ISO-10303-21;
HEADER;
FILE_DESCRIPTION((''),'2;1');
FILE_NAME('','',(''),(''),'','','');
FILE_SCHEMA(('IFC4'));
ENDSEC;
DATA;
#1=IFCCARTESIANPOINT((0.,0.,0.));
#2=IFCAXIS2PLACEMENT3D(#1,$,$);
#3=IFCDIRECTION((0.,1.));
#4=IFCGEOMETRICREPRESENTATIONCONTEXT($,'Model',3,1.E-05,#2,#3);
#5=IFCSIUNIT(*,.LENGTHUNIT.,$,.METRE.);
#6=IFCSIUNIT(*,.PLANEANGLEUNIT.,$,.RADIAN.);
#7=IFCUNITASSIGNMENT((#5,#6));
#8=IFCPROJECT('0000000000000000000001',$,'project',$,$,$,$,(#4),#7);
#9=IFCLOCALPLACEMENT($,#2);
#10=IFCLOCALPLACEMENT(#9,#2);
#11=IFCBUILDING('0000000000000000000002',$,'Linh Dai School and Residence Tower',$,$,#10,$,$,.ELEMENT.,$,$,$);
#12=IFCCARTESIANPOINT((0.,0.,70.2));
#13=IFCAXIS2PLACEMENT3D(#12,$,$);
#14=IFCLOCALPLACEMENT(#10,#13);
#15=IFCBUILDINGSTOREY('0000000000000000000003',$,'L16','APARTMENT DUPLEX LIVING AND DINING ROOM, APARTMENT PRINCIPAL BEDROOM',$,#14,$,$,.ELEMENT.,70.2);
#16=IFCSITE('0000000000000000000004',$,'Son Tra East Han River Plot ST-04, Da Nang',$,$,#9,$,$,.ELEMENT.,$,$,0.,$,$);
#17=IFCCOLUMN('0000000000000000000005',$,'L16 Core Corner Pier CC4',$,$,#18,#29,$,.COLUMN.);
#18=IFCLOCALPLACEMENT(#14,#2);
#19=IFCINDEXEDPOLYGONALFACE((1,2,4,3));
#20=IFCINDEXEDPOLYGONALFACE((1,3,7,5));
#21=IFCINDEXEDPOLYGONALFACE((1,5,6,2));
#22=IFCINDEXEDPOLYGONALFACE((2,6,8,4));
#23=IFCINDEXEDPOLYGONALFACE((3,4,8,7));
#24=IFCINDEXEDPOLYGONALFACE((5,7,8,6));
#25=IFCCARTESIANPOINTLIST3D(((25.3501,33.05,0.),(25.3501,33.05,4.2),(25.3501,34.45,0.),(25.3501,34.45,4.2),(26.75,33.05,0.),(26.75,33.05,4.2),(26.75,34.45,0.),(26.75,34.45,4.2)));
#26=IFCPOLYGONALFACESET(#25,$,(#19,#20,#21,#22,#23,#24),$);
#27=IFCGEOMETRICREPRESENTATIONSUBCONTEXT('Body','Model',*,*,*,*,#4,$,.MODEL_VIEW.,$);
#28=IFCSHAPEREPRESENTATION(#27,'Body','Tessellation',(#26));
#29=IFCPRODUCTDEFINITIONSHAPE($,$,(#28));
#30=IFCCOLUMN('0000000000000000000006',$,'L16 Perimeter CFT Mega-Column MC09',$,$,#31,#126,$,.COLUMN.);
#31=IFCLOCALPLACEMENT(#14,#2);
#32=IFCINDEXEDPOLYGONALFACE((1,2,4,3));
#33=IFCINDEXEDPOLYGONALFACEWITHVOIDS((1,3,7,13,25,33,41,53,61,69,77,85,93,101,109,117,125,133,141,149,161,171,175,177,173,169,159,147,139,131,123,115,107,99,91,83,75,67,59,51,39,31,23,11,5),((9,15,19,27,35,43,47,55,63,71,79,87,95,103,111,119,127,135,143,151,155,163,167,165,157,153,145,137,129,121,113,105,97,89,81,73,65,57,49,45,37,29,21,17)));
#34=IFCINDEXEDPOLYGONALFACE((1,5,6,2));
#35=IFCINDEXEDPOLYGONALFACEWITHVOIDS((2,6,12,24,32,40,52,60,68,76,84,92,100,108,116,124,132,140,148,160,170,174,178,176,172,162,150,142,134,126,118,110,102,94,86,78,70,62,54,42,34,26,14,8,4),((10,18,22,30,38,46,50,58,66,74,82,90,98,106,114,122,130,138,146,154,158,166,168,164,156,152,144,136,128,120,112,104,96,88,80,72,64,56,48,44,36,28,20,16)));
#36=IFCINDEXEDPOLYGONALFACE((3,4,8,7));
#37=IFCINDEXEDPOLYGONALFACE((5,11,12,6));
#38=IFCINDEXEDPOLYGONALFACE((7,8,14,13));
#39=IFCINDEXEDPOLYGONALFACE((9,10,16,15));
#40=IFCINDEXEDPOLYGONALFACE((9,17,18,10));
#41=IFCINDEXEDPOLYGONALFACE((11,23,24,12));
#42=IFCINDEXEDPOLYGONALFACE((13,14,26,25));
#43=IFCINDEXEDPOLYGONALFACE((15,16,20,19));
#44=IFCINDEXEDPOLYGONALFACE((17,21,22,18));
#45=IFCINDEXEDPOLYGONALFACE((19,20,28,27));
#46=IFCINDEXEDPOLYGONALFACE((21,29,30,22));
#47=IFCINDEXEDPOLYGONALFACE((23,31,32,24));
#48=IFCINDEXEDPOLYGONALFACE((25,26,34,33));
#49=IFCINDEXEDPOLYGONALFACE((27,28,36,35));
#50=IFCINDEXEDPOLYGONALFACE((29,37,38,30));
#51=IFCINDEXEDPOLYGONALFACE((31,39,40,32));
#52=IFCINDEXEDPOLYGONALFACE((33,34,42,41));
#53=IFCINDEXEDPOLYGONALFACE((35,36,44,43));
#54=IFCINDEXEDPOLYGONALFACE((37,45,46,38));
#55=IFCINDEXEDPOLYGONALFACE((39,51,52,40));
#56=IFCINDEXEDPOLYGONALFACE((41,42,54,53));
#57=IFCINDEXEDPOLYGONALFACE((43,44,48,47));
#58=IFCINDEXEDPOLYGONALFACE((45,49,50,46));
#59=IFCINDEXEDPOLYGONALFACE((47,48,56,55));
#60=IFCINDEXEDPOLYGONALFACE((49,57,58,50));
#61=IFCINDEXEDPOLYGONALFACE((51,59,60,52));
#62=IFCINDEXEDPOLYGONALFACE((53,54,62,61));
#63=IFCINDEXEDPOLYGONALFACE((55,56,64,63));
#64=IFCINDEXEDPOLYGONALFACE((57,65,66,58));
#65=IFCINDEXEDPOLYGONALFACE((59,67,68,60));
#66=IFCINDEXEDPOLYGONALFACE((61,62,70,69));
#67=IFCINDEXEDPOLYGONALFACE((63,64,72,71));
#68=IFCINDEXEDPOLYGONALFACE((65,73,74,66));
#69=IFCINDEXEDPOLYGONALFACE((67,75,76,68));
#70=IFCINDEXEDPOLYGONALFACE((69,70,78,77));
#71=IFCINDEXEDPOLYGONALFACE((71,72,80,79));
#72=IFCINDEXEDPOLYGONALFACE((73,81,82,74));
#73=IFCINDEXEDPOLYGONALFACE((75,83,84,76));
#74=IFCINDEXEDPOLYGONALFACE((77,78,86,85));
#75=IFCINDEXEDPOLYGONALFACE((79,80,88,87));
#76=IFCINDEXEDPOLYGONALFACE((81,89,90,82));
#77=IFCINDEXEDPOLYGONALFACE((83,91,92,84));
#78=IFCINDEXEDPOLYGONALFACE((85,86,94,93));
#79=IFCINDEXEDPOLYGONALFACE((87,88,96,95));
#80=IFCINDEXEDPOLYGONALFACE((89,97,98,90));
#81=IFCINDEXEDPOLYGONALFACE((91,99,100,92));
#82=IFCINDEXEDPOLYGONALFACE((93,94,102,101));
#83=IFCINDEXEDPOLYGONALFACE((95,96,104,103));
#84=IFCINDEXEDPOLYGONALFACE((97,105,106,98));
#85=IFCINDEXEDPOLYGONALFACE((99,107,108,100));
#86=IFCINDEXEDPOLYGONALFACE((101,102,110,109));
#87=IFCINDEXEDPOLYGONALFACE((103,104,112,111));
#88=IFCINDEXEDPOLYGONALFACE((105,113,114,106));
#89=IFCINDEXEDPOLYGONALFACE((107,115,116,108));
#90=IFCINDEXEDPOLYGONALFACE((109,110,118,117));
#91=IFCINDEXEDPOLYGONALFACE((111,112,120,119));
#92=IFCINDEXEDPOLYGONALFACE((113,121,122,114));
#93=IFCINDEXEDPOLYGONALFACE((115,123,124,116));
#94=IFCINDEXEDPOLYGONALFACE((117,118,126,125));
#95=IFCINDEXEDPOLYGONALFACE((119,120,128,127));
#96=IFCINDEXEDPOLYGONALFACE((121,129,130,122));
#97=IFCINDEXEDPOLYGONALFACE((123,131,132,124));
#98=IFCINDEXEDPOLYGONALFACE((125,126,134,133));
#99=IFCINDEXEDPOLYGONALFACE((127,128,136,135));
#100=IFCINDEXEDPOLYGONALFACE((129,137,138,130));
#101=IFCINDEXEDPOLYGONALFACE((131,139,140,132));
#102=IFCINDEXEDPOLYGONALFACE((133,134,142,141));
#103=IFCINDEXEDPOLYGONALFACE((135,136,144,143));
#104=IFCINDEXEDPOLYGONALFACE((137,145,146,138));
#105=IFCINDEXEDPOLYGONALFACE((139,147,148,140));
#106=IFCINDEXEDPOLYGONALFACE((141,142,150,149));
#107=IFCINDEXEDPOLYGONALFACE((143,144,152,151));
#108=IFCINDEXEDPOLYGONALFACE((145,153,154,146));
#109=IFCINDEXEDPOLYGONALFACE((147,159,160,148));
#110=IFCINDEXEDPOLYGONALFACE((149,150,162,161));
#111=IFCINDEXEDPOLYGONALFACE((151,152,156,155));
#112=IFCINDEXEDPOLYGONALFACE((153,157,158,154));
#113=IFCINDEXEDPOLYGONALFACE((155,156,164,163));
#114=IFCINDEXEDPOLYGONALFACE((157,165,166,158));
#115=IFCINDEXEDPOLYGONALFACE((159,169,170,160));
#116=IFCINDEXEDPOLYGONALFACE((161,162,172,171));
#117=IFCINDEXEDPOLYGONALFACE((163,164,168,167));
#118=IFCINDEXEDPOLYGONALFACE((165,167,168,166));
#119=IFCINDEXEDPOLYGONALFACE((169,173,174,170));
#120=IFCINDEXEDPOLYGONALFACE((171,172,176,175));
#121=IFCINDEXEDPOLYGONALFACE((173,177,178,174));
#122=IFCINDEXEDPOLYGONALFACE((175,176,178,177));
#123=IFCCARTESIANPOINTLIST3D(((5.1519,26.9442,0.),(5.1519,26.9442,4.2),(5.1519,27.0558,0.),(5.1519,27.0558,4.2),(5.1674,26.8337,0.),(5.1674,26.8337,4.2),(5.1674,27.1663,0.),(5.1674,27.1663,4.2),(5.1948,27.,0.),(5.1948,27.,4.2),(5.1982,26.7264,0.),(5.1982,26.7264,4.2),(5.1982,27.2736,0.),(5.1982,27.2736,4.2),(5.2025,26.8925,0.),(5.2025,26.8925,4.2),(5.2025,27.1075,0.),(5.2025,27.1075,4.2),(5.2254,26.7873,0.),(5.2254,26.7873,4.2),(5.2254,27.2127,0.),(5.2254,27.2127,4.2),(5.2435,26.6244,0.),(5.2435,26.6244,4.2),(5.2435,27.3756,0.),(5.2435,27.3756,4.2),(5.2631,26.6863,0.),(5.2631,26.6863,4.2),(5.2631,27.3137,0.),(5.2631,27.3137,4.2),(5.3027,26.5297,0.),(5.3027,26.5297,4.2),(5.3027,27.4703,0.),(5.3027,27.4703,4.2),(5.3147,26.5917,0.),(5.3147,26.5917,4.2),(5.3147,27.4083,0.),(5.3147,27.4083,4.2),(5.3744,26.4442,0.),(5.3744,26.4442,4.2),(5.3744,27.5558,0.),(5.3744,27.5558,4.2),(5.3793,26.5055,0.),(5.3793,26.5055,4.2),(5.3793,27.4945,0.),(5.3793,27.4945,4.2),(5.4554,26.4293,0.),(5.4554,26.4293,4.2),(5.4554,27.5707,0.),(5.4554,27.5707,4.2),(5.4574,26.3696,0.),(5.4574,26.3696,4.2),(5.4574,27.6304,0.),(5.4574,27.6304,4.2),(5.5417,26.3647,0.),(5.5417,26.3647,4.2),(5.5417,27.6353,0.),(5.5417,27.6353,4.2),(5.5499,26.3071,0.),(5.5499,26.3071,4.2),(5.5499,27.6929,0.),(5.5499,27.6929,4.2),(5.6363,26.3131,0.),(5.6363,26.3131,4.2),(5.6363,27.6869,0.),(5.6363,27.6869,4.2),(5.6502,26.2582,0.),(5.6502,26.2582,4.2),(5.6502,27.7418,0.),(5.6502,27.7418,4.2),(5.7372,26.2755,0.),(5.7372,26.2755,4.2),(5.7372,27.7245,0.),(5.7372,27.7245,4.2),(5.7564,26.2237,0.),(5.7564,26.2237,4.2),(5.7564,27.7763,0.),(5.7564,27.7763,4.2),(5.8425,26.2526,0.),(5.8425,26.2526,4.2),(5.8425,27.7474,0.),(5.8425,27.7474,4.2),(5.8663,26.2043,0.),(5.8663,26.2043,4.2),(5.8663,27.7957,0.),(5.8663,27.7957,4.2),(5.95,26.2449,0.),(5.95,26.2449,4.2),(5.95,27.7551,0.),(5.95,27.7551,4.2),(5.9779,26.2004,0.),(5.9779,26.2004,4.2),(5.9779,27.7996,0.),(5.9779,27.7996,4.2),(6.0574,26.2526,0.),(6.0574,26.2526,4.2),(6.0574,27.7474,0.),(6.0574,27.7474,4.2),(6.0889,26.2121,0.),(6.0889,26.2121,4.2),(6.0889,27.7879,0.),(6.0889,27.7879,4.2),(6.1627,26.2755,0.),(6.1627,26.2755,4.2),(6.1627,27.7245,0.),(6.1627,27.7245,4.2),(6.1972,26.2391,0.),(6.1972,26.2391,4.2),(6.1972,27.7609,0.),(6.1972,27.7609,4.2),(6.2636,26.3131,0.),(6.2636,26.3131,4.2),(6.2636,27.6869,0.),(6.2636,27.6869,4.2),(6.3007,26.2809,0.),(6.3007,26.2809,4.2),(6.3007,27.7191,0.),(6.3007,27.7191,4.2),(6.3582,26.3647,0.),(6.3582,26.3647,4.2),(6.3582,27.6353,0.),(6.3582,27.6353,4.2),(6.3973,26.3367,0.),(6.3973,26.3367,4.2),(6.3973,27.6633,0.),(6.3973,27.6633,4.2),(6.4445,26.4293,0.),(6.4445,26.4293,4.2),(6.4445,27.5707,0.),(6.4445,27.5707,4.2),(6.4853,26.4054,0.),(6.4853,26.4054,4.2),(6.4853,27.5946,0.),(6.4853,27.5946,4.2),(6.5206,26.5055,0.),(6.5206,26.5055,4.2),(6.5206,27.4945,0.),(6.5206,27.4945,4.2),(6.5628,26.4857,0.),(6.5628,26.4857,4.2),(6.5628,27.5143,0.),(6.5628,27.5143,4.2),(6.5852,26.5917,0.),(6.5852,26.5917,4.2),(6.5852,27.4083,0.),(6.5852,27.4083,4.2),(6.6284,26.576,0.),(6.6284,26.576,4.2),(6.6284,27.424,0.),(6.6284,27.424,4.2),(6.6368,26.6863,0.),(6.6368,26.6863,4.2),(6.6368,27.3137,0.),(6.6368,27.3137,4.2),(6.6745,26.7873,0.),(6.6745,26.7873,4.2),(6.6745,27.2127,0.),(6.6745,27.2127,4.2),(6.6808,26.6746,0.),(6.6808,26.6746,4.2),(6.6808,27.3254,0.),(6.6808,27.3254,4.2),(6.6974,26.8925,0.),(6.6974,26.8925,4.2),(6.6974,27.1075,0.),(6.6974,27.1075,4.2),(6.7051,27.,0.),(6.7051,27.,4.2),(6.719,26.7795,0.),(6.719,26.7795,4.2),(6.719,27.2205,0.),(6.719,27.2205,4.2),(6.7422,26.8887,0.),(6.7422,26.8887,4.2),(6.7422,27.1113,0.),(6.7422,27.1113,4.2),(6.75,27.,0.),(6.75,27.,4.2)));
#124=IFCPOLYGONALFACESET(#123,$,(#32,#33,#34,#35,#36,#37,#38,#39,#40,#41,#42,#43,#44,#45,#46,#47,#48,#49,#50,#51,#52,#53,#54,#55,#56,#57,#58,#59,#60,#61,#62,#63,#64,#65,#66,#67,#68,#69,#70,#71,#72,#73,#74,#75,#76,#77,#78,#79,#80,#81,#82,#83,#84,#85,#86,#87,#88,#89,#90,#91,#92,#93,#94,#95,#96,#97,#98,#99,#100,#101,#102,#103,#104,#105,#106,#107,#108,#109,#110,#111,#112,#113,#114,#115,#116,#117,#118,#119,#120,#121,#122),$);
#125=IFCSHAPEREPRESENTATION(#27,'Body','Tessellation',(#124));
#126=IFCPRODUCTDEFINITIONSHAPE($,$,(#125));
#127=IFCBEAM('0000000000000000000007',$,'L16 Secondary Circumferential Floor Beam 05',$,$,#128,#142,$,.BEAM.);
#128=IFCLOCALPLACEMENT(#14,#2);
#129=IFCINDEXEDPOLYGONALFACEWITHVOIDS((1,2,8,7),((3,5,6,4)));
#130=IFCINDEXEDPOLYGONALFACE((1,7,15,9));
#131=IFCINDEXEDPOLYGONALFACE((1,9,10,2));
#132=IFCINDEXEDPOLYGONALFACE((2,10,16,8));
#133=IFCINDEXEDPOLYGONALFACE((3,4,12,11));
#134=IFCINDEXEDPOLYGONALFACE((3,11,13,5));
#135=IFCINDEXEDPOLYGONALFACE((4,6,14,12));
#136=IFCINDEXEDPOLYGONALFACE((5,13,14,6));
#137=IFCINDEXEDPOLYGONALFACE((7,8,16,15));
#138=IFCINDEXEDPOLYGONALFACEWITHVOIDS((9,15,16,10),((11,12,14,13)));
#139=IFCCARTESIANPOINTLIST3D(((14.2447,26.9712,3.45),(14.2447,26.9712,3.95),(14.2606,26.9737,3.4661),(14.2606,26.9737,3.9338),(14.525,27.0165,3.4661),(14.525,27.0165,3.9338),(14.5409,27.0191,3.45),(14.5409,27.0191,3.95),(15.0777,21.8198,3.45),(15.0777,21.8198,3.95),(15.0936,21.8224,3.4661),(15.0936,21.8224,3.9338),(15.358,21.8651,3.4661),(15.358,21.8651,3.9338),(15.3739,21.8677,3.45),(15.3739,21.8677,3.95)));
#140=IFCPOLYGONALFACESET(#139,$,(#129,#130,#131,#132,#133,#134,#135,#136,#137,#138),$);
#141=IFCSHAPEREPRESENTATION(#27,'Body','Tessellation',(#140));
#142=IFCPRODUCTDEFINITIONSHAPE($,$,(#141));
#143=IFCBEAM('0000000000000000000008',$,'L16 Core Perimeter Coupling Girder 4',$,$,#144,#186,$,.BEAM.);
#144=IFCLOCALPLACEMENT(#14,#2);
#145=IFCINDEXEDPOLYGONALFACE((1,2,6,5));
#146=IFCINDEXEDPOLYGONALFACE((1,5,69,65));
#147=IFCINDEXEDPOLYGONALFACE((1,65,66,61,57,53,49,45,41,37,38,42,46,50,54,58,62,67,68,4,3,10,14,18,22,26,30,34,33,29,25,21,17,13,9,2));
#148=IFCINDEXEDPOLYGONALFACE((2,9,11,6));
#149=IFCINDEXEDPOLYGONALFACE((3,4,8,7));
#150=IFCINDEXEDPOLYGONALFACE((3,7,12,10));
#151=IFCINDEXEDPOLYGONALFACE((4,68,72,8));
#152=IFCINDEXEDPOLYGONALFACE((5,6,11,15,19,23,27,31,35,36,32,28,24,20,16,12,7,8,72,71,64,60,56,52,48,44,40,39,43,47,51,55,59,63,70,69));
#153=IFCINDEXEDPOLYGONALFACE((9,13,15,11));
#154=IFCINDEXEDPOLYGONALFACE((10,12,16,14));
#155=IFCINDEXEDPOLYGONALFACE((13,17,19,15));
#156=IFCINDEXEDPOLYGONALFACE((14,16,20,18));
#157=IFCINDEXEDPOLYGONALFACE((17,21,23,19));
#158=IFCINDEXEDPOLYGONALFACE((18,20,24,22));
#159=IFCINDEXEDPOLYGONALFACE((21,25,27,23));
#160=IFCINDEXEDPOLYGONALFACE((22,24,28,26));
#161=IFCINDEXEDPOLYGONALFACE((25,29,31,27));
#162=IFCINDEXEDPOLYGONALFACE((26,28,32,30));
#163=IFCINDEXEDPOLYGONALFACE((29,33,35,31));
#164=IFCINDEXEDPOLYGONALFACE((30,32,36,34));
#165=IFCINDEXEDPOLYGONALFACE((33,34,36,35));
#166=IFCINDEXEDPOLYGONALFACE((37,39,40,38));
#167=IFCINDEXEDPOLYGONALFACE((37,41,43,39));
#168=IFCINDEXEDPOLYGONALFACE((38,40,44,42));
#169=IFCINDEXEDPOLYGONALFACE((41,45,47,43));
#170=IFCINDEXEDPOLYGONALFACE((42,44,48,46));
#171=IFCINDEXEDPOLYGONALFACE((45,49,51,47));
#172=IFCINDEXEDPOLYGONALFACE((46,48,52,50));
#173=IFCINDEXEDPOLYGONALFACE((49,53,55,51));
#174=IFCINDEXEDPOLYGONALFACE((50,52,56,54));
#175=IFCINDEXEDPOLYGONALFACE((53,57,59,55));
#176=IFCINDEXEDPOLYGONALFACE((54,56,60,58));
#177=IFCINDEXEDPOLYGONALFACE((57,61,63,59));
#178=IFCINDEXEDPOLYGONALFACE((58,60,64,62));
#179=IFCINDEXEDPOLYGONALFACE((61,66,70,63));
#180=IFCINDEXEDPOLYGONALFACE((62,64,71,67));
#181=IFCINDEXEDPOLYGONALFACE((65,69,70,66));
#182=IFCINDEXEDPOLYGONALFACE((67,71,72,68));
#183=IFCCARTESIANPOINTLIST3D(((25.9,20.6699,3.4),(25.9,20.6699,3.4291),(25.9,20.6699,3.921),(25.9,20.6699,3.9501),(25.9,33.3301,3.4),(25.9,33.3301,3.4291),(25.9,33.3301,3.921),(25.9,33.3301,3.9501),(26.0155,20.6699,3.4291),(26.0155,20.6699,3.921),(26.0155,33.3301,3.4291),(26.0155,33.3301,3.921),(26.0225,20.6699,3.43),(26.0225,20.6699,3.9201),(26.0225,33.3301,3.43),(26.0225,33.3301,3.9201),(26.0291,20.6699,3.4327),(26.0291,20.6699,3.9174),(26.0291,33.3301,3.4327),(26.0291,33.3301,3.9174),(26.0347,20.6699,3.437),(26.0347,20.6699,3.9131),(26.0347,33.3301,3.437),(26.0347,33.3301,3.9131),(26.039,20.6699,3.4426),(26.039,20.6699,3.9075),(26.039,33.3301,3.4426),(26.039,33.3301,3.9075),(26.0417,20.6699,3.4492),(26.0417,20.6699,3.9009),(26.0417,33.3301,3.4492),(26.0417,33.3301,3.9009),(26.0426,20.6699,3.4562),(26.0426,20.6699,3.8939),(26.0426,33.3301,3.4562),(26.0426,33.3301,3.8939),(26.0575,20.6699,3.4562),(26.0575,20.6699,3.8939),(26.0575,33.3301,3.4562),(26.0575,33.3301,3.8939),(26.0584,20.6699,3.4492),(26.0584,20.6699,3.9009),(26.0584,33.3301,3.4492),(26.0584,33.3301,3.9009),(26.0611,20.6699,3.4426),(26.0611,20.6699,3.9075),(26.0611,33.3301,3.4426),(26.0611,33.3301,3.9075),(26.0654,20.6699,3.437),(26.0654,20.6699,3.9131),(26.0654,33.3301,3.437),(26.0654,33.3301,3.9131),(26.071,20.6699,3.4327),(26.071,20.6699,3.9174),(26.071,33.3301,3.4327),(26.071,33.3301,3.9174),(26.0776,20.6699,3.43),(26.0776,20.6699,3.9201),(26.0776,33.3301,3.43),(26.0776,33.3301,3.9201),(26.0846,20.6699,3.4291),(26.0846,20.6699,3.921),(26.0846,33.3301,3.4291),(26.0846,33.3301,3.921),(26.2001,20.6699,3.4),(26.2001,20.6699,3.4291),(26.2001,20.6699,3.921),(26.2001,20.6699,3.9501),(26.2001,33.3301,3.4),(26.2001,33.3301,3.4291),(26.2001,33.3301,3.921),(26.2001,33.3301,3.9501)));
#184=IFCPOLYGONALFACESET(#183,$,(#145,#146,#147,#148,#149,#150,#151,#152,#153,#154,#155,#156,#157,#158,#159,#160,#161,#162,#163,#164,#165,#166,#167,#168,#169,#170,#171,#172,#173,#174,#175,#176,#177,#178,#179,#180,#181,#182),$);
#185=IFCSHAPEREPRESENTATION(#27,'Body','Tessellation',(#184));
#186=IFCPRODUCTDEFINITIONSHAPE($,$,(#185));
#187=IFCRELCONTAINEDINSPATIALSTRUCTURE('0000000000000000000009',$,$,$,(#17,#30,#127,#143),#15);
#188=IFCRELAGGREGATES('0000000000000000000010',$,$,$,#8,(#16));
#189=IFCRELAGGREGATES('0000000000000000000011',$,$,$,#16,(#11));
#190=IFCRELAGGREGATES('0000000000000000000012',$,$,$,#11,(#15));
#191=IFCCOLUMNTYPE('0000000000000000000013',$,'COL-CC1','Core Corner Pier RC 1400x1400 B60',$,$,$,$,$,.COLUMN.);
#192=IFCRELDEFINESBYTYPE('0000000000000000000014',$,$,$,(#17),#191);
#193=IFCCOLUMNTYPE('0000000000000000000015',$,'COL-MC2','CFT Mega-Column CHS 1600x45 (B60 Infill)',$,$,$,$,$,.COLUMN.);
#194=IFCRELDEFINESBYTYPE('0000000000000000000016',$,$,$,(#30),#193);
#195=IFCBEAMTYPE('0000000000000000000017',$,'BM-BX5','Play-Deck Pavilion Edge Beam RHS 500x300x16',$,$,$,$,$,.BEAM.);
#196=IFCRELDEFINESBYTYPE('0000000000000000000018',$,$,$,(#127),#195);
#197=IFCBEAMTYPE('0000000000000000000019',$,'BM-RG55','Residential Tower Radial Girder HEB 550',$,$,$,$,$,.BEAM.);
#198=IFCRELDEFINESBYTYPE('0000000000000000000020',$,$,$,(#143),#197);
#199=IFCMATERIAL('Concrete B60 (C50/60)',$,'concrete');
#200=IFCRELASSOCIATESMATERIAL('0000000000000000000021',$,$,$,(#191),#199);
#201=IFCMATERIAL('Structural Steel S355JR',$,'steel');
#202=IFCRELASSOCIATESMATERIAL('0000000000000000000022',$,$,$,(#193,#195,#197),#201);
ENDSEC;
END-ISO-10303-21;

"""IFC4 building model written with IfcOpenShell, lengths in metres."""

from ifc_helpers import new_model, si_unit, direction, frame, origin, origin_2d, place, context, subcontext, project, spatial, rectangle, hollow_rectangle, hollow_circle, i_section, extrude, material, material_profile, profile_set, type_object, element, save


model = new_model("IFC4")

# Units and contexts
model_context = context("Model", 3, precision=1e-05, world=origin(), true_north=direction((0.0, 1.0)))
body_context = subcontext(model_context, "Body", "Model", "MODEL_VIEW")
ifc_project = project(units=[si_unit("LENGTHUNIT", "METRE"), si_unit("PLANEANGLEUNIT", "RADIAN")], contexts=[model_context])

# Site, building, storey
site_placement = place(None, origin())
site = spatial("IfcSite", under=ifc_project, at=site_placement, Name="Son Tra East Han River Plot ST-04, Da Nang", CompositionType="ELEMENT", RefElevation=0.0)
building_placement = place(site_placement, origin())
building = spatial("IfcBuilding", under=site, at=building_placement, Name="Linh Dai School and Residence Tower", CompositionType="ELEMENT")
storey_placement = place(building_placement, frame((0.0, 0.0, 70.2)))
storey = spatial("IfcBuildingStorey", under=building, at=storey_placement, Name="L16", Description="APARTMENT DUPLEX LIVING AND DINING ROOM, APARTMENT PRINCIPAL BEDROOM", CompositionType="ELEMENT", Elevation=70.2)

# Columns
ifc_material_1 = material(Name="Concrete B60 (C50/60)", Category="concrete")
ifc_material_profile_1 = material_profile(ifc_material_1, rectangle(XDim=1.3999, YDim=1.3999, at=origin_2d()), Name="RC 1400x1400")
ifc_profile_set_1 = profile_set([ifc_material_profile_1], Name="Concrete B60 (C50/60)")
column_type_1 = type_object("IfcColumnType", Name="COL-CC1", Description="Core Corner Pier RC 1400x1400 B60", PredefinedType="COLUMN", material=ifc_profile_set_1)
column_1_placement = place(storey_placement, frame((26.05, 33.75, 0.0), z_axis=(0.0, 0.0, 1.0), x_axis=(1.0, 0.0, 0.0)))
element("IfcColumn", 1, at=column_1_placement, inside=storey, type_object=column_type_1, Name="L16 Core Corner Pier CC4", PredefinedType="COLUMN", context=body_context, shape_type="SweptSolid", body=[
    extrude(rectangle(XDim=1.3999, YDim=1.3999, at=origin_2d()), origin(), (0.0, 0.0, 1.0), 4.2),
])
ifc_material_2 = material(Name="Structural Steel S355JR", Category="steel")
ifc_material_profile_2 = material_profile(ifc_material_2, hollow_circle(Radius=0.8, WallThickness=0.0449, at=origin_2d()), Name="CHS 1600x45")
ifc_profile_set_2 = profile_set([ifc_material_profile_2], Name="Structural Steel S355JR")
column_type_2 = type_object("IfcColumnType", Name="COL-MC2", Description="CFT Mega-Column CHS 1600x45 (B60 Infill)", PredefinedType="COLUMN", material=ifc_profile_set_2)
column_2_placement = place(storey_placement, frame((5.95, 27.0, 0.0), z_axis=(0.0, 0.0, 1.0), x_axis=(1.0, 0.0, 0.0)))
element("IfcColumn", 2, at=column_2_placement, inside=storey, type_object=column_type_2, Name="L16 Perimeter CFT Mega-Column MC09", PredefinedType="COLUMN", context=body_context, shape_type="SweptSolid", body=[
    extrude(hollow_circle(Radius=0.8, WallThickness=0.0449, at=origin_2d()), origin(), (0.0, 0.0, 1.0), 4.2),
])

# Beams
ifc_material_profile_3 = material_profile(ifc_material_2, hollow_rectangle(XDim=0.3, YDim=0.5, WallThickness=0.0161, at=origin_2d()), Name="RHS 500x300x16")
ifc_profile_set_3 = profile_set([ifc_material_profile_3], Name="Structural Steel S355JR")
beam_type_1 = type_object("IfcBeamType", Name="BM-BX5", Description="Play-Deck Pavilion Edge Beam RHS 500x300x16", PredefinedType="BEAM", material=ifc_profile_set_3)
beam_1_placement = place(storey_placement, frame((14.3928, 26.9951, 3.7), z_axis=(0.159633, -0.987177, 0.0), x_axis=(0.987177, 0.159633, 0.0)))
element("IfcBeam", 3, at=beam_1_placement, inside=storey, type_object=beam_type_1, Name="L16 Secondary Circumferential Floor Beam 05", PredefinedType="BEAM", context=body_context, shape_type="SweptSolid", body=[
    extrude(hollow_rectangle(XDim=0.3, YDim=0.5, WallThickness=0.0161, at=origin_2d()), origin(), (0.0, 0.0, 1.0), 5.2183),
])
ifc_material_profile_4 = material_profile(ifc_material_2, i_section(OverallWidth=0.3, OverallDepth=0.55, WebThickness=0.0149, FlangeThickness=0.0291, FilletRadius=0.0271, at=origin_2d()), Name="HEB 550")
ifc_profile_set_4 = profile_set([ifc_material_profile_4], Name="Structural Steel S355JR")
beam_type_2 = type_object("IfcBeamType", Name="BM-RG55", Description="Residential Tower Radial Girder HEB 550", PredefinedType="BEAM", material=ifc_profile_set_4)
beam_2_placement = place(storey_placement, frame((26.05, 33.3301, 3.675), z_axis=(0.0, -1.0, 0.0), x_axis=(1.0, 0.0, 0.0)))
element("IfcBeam", 4, at=beam_2_placement, inside=storey, type_object=beam_type_2, Name="L16 Core Perimeter Coupling Girder 4", PredefinedType="BEAM", context=body_context, shape_type="SweptSolid", body=[
    extrude(i_section(OverallWidth=0.3, OverallDepth=0.55, WebThickness=0.0149, FlangeThickness=0.0291, FilletRadius=0.0271, at=origin_2d()), origin(), (0.0, 0.0, 1.0), 12.6602),
])

save(model, "model.ifc")
